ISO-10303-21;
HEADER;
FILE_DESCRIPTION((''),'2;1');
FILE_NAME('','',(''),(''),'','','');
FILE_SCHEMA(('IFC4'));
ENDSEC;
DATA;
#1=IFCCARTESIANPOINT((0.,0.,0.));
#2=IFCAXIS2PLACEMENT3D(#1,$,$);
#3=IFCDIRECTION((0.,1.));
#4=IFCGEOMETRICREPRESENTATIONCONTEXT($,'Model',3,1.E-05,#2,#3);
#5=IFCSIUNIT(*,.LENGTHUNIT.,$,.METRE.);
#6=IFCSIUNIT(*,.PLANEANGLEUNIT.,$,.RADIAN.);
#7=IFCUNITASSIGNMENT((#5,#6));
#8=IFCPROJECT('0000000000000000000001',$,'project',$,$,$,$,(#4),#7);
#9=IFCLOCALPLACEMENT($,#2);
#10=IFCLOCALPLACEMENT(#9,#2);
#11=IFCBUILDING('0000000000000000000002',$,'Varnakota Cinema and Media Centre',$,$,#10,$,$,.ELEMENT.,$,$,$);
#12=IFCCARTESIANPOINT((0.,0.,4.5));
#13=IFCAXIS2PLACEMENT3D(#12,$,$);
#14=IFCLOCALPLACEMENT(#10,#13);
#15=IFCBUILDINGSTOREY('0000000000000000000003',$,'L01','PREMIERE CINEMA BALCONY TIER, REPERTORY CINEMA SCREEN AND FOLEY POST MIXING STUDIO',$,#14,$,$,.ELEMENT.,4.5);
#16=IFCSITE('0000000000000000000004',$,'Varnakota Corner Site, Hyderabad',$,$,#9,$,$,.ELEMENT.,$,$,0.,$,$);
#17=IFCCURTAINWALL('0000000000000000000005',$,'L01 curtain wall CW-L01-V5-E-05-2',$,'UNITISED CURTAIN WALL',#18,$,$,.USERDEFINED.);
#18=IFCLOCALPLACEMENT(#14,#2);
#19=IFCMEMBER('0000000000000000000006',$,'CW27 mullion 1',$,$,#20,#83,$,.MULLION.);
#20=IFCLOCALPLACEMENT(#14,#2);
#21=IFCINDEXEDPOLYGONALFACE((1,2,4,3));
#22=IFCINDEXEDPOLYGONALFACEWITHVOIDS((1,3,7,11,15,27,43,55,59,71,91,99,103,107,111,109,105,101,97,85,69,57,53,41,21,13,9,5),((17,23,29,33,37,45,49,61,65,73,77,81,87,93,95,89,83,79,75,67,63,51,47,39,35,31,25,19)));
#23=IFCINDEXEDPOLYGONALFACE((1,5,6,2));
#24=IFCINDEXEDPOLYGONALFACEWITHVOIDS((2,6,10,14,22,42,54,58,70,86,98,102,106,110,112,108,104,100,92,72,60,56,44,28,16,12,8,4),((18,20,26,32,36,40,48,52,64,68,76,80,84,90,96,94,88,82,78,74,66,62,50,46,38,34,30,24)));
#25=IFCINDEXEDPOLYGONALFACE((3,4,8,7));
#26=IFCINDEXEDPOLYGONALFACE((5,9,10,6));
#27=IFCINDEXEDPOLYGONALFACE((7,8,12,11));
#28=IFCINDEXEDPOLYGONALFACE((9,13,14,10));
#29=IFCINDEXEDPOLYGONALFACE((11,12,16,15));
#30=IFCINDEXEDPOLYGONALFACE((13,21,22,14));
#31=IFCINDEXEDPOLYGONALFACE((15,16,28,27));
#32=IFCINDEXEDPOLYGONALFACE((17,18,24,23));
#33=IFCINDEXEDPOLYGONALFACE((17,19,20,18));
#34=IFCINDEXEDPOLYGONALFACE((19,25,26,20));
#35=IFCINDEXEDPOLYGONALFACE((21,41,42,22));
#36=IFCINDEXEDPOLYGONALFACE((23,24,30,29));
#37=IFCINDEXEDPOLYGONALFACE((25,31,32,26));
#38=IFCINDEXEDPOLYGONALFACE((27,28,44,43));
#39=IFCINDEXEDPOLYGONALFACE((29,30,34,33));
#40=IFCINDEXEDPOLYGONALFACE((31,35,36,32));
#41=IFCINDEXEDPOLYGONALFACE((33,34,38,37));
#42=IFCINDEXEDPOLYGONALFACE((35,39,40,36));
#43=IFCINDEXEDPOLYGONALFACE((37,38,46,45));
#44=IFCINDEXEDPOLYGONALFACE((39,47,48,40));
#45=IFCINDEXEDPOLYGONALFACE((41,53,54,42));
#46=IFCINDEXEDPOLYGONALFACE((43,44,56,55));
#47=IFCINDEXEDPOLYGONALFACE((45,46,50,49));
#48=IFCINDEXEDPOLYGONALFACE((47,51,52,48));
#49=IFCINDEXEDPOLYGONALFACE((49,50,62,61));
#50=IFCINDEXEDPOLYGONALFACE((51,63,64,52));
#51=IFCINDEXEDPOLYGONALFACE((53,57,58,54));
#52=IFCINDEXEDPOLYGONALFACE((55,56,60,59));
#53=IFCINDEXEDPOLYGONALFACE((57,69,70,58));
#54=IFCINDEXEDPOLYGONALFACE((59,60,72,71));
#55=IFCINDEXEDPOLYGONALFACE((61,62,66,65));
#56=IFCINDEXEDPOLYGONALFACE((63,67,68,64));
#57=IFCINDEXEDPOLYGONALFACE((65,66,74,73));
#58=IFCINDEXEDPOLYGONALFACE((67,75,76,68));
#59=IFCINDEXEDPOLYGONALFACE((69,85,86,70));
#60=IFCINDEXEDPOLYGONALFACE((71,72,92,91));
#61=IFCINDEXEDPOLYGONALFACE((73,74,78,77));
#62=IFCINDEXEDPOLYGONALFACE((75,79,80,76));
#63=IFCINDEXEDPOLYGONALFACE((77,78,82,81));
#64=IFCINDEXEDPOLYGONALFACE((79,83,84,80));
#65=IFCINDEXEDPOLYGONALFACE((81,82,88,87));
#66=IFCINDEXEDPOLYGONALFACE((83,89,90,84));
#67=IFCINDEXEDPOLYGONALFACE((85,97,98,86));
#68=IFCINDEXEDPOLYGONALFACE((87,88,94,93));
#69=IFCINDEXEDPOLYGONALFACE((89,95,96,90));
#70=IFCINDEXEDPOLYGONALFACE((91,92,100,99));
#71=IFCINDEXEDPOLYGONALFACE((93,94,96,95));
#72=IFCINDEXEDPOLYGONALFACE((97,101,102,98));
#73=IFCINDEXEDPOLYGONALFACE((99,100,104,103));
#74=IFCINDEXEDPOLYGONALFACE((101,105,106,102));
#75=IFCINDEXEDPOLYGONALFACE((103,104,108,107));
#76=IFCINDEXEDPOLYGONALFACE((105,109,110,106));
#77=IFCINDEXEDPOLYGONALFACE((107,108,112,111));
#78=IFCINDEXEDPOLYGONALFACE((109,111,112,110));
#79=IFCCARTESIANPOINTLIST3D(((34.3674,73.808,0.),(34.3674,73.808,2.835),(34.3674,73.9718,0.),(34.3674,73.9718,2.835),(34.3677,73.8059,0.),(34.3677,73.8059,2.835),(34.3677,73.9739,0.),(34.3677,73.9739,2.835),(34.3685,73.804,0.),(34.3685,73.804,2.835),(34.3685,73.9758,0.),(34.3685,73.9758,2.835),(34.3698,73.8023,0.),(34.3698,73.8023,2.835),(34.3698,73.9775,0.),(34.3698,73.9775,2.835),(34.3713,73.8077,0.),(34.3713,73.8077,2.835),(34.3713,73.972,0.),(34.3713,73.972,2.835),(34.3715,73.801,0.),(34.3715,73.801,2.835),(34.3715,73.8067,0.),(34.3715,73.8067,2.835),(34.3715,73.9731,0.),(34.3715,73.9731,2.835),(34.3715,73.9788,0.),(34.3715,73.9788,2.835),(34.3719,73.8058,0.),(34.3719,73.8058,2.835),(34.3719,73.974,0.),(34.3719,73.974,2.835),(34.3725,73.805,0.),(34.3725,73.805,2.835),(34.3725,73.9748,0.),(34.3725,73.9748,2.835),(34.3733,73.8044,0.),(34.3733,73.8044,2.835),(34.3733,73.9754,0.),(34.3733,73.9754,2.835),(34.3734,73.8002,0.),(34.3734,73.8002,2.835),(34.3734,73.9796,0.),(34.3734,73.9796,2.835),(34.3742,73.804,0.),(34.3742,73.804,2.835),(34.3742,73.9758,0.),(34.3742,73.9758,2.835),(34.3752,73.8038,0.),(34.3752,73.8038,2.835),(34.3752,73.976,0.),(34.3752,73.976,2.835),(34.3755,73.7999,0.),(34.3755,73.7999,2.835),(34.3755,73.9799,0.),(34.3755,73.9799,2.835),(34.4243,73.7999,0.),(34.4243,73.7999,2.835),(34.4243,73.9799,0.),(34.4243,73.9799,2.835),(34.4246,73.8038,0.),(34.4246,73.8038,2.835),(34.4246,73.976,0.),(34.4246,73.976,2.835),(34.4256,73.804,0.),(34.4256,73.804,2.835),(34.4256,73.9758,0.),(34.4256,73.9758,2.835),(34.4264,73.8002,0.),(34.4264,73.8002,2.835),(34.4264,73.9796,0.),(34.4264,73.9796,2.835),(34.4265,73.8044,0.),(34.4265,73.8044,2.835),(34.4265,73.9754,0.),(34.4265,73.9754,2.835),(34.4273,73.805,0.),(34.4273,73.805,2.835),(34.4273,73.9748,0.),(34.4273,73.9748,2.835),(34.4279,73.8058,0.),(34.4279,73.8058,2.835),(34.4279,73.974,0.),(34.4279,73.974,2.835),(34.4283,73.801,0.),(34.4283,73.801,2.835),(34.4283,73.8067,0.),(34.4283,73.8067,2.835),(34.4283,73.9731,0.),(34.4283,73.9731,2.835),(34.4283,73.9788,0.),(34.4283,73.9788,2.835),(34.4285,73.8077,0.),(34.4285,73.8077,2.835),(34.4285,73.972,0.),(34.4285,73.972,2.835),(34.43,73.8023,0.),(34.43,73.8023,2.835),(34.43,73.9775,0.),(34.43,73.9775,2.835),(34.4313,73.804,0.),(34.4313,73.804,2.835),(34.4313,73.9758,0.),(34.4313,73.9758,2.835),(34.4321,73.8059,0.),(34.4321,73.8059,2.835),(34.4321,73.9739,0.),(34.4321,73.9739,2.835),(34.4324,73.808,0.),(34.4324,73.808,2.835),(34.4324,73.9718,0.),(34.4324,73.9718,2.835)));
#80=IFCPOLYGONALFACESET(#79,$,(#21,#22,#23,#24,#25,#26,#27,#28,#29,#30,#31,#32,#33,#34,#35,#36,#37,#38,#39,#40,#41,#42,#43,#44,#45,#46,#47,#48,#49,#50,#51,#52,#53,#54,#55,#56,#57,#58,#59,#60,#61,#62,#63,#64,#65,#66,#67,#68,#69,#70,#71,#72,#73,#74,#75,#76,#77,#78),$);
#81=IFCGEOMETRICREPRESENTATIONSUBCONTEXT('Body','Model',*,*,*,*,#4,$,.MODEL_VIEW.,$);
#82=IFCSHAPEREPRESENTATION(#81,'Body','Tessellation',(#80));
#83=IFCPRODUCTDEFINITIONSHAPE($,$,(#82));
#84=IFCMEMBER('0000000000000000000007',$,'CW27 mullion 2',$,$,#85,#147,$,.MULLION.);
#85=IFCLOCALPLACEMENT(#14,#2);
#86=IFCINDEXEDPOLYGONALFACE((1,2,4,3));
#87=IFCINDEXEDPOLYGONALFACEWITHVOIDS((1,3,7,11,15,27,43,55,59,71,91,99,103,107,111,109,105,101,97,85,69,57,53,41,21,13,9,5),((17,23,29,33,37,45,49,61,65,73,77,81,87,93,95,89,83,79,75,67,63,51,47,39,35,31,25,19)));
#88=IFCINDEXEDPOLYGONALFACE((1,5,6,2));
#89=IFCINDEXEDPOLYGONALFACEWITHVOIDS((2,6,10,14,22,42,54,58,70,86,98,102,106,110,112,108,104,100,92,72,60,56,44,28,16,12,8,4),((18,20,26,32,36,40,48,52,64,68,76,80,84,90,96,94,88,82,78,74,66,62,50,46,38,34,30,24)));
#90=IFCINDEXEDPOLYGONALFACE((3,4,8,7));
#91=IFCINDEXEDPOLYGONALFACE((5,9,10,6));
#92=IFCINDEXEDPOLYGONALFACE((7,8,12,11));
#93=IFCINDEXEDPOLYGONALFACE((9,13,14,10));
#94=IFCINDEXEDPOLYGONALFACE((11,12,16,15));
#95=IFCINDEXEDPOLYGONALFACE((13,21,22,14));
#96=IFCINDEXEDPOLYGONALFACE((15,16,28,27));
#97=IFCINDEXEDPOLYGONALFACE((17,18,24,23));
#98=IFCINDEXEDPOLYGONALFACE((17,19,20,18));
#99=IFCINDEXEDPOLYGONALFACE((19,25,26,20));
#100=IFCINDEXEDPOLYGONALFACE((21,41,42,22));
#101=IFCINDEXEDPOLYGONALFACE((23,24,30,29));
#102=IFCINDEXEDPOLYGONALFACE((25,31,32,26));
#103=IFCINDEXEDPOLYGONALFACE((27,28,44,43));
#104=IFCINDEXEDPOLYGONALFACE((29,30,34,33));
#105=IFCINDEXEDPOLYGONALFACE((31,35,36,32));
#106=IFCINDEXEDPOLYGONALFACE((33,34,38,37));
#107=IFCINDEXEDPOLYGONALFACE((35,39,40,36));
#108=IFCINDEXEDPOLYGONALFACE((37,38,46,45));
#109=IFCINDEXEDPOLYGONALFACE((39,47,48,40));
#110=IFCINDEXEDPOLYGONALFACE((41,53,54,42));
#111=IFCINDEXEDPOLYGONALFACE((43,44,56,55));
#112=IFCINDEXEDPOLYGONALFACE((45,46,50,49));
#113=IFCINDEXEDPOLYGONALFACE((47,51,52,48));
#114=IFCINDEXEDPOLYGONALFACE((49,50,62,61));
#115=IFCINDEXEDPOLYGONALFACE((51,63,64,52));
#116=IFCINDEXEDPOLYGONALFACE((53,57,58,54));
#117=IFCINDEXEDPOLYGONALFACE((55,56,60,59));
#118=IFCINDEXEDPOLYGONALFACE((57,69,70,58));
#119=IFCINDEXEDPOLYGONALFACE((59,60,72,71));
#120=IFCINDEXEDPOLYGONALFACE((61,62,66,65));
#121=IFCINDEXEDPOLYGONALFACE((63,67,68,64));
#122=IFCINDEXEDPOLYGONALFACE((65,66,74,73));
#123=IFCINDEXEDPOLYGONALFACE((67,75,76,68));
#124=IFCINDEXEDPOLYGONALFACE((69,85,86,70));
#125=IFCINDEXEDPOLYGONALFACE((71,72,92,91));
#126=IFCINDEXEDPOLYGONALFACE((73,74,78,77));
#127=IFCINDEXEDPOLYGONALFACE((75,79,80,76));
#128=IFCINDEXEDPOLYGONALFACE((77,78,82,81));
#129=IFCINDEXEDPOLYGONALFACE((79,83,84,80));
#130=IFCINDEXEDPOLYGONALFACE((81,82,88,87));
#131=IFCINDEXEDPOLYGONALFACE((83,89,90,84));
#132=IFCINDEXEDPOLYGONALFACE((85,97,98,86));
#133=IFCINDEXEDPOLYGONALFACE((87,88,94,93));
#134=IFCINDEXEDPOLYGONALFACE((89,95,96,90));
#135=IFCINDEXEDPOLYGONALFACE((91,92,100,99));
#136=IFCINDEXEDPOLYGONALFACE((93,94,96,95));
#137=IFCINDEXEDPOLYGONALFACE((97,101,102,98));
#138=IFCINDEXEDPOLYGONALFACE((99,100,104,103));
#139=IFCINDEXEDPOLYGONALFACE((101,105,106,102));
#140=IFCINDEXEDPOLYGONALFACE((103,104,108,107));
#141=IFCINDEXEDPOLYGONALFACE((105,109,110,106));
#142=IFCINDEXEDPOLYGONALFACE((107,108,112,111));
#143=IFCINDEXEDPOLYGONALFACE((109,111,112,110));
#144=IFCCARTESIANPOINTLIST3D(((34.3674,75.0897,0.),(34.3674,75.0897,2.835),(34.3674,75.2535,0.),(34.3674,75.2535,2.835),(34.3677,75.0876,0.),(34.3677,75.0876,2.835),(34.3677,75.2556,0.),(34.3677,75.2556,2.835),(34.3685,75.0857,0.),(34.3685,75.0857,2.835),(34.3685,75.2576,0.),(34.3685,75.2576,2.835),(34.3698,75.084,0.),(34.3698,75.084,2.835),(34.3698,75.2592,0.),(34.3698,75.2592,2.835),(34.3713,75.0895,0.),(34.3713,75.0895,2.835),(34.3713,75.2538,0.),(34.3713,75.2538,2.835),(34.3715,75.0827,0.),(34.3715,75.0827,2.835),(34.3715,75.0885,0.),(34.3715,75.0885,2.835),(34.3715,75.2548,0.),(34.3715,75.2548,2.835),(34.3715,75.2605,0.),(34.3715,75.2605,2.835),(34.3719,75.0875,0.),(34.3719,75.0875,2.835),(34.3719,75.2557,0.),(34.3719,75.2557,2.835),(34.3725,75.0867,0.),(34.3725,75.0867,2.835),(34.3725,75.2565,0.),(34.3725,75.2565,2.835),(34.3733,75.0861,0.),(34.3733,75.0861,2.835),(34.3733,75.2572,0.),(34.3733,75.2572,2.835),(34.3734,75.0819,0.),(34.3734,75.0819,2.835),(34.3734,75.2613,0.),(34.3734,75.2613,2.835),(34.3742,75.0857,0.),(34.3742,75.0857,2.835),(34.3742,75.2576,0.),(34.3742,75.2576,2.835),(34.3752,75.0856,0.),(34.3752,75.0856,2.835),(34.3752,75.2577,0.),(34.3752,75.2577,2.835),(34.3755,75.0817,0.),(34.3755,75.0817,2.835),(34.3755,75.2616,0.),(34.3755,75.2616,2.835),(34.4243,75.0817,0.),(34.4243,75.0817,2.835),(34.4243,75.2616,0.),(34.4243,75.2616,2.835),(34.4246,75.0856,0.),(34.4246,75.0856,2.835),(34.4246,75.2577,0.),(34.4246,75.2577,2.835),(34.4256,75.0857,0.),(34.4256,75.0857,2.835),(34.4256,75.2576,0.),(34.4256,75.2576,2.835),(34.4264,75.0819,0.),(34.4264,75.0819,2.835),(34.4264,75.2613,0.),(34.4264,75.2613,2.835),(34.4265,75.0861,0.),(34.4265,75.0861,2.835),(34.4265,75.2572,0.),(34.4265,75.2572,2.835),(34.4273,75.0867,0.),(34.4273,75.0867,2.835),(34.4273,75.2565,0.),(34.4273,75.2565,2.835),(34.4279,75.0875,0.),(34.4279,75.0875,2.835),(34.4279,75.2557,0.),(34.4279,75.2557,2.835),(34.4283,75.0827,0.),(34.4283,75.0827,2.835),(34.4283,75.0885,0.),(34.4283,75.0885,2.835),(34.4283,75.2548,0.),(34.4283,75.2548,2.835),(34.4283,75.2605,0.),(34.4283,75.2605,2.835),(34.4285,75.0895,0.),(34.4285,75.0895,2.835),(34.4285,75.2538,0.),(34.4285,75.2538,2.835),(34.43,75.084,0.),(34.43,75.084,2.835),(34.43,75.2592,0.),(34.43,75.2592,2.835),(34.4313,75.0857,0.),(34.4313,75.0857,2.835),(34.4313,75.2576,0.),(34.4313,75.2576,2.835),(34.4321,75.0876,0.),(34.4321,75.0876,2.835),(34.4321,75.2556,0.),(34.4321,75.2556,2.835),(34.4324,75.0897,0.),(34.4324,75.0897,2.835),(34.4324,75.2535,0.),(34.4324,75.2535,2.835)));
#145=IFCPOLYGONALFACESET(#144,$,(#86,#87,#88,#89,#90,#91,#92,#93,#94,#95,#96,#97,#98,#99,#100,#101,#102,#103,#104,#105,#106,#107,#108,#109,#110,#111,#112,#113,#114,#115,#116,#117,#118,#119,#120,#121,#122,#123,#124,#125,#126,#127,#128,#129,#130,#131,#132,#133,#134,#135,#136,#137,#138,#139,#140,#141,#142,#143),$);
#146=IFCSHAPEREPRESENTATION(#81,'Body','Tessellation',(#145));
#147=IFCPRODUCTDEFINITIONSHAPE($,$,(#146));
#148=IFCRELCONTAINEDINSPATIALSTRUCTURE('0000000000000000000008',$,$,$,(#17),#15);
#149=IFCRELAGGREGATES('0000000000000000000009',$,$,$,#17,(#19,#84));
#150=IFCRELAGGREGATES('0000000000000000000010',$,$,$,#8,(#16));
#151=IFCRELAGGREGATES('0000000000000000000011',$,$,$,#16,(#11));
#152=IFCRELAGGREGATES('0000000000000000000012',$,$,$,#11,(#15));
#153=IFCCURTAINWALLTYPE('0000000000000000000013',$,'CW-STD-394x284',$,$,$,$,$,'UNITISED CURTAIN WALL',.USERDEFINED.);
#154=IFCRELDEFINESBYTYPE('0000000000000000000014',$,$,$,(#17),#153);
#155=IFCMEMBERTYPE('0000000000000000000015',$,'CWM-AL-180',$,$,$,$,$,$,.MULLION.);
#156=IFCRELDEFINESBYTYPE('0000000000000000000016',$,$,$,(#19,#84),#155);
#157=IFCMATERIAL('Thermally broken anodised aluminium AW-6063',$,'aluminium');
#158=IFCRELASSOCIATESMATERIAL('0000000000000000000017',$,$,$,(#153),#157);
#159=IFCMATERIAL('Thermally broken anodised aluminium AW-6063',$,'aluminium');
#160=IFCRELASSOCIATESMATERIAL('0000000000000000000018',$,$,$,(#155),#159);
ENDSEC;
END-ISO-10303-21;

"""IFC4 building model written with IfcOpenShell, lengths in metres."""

from ifc_helpers import new_model, si_unit, direction, frame, origin, origin_2d, place, context, subcontext, project, spatial, hollow_rectangle, extrude, material, material_profile, profile_set, type_object, element, aggregate, save


model = new_model("IFC4")

# Units and contexts
model_context = context("Model", 3, precision=1e-05, world=origin(), true_north=direction((0.0, 1.0)))
body_context = subcontext(model_context, "Body", "Model", "MODEL_VIEW")
ifc_project = project(units=[si_unit("LENGTHUNIT", "METRE"), si_unit("PLANEANGLEUNIT", "RADIAN")], contexts=[model_context])

# Site, building, storey
site_placement = place(None, origin())
site = spatial("IfcSite", under=ifc_project, at=site_placement, Name="Varnakota Corner Site, Hyderabad", CompositionType="ELEMENT", RefElevation=0.0)
building_placement = place(site_placement, origin())
building = spatial("IfcBuilding", under=site, at=building_placement, Name="Varnakota Cinema and Media Centre", CompositionType="ELEMENT")
storey_placement = place(building_placement, frame((0.0, 0.0, 4.5)))
storey = spatial("IfcBuildingStorey", under=building, at=storey_placement, Name="L01", Description="PREMIERE CINEMA BALCONY TIER, REPERTORY CINEMA SCREEN AND FOLEY POST MIXING STUDIO", CompositionType="ELEMENT", Elevation=4.5)

# Shared definitions
ifc_material_1 = material(Name="Thermally broken anodised aluminium AW-6063", Category="aluminium")
curtain_wall_type = type_object("IfcCurtainWallType", Name="CW-STD-394x284", ElementType="UNITISED CURTAIN WALL", PredefinedType="USERDEFINED", material=ifc_material_1)
ifc_material_2 = material(Name="Thermally broken anodised aluminium AW-6063", Category="aluminium")
ifc_material_profile_1 = material_profile(ifc_material_2, hollow_rectangle(XDim=0.0649, YDim=0.1799, WallThickness=0.0039, InnerFilletRadius=0.0039, OuterFilletRadius=0.0081, at=origin_2d()), Name="AL-MULLION 180x65x4")
ifc_profile_set_1 = profile_set([ifc_material_profile_1], Name="Thermally broken anodised aluminium AW-6063")
member_type_1 = type_object("IfcMemberType", Name="CWM-AL-180", PredefinedType="MULLION", material=ifc_profile_set_1)

# Curtain wall, members
curtain_wall_1_placement = place(storey_placement, origin())
curtain_wall_1 = element("IfcCurtainWall", 1, at=curtain_wall_1_placement, inside=storey, type_object=curtain_wall_type, Name="L01 curtain wall CW-L01-V5-E-05-2", ObjectType="UNITISED CURTAIN WALL", PredefinedType="USERDEFINED")
member_1_placement = place(storey_placement, frame((34.3999, 73.8899, 0.0), z_axis=(0.0, 0.0, 1.0), x_axis=(-1.0, 0.0, 0.0)))
member_1 = element("IfcMember", 2, at=member_1_placement, type_object=member_type_1, Name="CW27 mullion 1", PredefinedType="MULLION", context=body_context, shape_type="SweptSolid", body=[
    extrude(hollow_rectangle(XDim=0.0649, YDim=0.1799, WallThickness=0.0039, InnerFilletRadius=0.0039, OuterFilletRadius=0.0081, at=origin_2d()), origin(), (0.0, 0.0, 1.0), 2.835),
])
member_2_placement = place(storey_placement, frame((34.3999, 75.1716, 0.0), z_axis=(0.0, 0.0, 1.0), x_axis=(-1.0, 0.0, 0.0)))
member_2 = element("IfcMember", 3, at=member_2_placement, type_object=member_type_1, Name="CW27 mullion 2", PredefinedType="MULLION", context=body_context, shape_type="SweptSolid", body=[
    extrude(hollow_rectangle(XDim=0.0649, YDim=0.1799, WallThickness=0.0039, InnerFilletRadius=0.0039, OuterFilletRadius=0.0081, at=origin_2d()), origin(), (0.0, 0.0, 1.0), 2.835),
])

aggregate(curtain_wall_1, [member_1, member_2])

save(model, "model.ifc")
